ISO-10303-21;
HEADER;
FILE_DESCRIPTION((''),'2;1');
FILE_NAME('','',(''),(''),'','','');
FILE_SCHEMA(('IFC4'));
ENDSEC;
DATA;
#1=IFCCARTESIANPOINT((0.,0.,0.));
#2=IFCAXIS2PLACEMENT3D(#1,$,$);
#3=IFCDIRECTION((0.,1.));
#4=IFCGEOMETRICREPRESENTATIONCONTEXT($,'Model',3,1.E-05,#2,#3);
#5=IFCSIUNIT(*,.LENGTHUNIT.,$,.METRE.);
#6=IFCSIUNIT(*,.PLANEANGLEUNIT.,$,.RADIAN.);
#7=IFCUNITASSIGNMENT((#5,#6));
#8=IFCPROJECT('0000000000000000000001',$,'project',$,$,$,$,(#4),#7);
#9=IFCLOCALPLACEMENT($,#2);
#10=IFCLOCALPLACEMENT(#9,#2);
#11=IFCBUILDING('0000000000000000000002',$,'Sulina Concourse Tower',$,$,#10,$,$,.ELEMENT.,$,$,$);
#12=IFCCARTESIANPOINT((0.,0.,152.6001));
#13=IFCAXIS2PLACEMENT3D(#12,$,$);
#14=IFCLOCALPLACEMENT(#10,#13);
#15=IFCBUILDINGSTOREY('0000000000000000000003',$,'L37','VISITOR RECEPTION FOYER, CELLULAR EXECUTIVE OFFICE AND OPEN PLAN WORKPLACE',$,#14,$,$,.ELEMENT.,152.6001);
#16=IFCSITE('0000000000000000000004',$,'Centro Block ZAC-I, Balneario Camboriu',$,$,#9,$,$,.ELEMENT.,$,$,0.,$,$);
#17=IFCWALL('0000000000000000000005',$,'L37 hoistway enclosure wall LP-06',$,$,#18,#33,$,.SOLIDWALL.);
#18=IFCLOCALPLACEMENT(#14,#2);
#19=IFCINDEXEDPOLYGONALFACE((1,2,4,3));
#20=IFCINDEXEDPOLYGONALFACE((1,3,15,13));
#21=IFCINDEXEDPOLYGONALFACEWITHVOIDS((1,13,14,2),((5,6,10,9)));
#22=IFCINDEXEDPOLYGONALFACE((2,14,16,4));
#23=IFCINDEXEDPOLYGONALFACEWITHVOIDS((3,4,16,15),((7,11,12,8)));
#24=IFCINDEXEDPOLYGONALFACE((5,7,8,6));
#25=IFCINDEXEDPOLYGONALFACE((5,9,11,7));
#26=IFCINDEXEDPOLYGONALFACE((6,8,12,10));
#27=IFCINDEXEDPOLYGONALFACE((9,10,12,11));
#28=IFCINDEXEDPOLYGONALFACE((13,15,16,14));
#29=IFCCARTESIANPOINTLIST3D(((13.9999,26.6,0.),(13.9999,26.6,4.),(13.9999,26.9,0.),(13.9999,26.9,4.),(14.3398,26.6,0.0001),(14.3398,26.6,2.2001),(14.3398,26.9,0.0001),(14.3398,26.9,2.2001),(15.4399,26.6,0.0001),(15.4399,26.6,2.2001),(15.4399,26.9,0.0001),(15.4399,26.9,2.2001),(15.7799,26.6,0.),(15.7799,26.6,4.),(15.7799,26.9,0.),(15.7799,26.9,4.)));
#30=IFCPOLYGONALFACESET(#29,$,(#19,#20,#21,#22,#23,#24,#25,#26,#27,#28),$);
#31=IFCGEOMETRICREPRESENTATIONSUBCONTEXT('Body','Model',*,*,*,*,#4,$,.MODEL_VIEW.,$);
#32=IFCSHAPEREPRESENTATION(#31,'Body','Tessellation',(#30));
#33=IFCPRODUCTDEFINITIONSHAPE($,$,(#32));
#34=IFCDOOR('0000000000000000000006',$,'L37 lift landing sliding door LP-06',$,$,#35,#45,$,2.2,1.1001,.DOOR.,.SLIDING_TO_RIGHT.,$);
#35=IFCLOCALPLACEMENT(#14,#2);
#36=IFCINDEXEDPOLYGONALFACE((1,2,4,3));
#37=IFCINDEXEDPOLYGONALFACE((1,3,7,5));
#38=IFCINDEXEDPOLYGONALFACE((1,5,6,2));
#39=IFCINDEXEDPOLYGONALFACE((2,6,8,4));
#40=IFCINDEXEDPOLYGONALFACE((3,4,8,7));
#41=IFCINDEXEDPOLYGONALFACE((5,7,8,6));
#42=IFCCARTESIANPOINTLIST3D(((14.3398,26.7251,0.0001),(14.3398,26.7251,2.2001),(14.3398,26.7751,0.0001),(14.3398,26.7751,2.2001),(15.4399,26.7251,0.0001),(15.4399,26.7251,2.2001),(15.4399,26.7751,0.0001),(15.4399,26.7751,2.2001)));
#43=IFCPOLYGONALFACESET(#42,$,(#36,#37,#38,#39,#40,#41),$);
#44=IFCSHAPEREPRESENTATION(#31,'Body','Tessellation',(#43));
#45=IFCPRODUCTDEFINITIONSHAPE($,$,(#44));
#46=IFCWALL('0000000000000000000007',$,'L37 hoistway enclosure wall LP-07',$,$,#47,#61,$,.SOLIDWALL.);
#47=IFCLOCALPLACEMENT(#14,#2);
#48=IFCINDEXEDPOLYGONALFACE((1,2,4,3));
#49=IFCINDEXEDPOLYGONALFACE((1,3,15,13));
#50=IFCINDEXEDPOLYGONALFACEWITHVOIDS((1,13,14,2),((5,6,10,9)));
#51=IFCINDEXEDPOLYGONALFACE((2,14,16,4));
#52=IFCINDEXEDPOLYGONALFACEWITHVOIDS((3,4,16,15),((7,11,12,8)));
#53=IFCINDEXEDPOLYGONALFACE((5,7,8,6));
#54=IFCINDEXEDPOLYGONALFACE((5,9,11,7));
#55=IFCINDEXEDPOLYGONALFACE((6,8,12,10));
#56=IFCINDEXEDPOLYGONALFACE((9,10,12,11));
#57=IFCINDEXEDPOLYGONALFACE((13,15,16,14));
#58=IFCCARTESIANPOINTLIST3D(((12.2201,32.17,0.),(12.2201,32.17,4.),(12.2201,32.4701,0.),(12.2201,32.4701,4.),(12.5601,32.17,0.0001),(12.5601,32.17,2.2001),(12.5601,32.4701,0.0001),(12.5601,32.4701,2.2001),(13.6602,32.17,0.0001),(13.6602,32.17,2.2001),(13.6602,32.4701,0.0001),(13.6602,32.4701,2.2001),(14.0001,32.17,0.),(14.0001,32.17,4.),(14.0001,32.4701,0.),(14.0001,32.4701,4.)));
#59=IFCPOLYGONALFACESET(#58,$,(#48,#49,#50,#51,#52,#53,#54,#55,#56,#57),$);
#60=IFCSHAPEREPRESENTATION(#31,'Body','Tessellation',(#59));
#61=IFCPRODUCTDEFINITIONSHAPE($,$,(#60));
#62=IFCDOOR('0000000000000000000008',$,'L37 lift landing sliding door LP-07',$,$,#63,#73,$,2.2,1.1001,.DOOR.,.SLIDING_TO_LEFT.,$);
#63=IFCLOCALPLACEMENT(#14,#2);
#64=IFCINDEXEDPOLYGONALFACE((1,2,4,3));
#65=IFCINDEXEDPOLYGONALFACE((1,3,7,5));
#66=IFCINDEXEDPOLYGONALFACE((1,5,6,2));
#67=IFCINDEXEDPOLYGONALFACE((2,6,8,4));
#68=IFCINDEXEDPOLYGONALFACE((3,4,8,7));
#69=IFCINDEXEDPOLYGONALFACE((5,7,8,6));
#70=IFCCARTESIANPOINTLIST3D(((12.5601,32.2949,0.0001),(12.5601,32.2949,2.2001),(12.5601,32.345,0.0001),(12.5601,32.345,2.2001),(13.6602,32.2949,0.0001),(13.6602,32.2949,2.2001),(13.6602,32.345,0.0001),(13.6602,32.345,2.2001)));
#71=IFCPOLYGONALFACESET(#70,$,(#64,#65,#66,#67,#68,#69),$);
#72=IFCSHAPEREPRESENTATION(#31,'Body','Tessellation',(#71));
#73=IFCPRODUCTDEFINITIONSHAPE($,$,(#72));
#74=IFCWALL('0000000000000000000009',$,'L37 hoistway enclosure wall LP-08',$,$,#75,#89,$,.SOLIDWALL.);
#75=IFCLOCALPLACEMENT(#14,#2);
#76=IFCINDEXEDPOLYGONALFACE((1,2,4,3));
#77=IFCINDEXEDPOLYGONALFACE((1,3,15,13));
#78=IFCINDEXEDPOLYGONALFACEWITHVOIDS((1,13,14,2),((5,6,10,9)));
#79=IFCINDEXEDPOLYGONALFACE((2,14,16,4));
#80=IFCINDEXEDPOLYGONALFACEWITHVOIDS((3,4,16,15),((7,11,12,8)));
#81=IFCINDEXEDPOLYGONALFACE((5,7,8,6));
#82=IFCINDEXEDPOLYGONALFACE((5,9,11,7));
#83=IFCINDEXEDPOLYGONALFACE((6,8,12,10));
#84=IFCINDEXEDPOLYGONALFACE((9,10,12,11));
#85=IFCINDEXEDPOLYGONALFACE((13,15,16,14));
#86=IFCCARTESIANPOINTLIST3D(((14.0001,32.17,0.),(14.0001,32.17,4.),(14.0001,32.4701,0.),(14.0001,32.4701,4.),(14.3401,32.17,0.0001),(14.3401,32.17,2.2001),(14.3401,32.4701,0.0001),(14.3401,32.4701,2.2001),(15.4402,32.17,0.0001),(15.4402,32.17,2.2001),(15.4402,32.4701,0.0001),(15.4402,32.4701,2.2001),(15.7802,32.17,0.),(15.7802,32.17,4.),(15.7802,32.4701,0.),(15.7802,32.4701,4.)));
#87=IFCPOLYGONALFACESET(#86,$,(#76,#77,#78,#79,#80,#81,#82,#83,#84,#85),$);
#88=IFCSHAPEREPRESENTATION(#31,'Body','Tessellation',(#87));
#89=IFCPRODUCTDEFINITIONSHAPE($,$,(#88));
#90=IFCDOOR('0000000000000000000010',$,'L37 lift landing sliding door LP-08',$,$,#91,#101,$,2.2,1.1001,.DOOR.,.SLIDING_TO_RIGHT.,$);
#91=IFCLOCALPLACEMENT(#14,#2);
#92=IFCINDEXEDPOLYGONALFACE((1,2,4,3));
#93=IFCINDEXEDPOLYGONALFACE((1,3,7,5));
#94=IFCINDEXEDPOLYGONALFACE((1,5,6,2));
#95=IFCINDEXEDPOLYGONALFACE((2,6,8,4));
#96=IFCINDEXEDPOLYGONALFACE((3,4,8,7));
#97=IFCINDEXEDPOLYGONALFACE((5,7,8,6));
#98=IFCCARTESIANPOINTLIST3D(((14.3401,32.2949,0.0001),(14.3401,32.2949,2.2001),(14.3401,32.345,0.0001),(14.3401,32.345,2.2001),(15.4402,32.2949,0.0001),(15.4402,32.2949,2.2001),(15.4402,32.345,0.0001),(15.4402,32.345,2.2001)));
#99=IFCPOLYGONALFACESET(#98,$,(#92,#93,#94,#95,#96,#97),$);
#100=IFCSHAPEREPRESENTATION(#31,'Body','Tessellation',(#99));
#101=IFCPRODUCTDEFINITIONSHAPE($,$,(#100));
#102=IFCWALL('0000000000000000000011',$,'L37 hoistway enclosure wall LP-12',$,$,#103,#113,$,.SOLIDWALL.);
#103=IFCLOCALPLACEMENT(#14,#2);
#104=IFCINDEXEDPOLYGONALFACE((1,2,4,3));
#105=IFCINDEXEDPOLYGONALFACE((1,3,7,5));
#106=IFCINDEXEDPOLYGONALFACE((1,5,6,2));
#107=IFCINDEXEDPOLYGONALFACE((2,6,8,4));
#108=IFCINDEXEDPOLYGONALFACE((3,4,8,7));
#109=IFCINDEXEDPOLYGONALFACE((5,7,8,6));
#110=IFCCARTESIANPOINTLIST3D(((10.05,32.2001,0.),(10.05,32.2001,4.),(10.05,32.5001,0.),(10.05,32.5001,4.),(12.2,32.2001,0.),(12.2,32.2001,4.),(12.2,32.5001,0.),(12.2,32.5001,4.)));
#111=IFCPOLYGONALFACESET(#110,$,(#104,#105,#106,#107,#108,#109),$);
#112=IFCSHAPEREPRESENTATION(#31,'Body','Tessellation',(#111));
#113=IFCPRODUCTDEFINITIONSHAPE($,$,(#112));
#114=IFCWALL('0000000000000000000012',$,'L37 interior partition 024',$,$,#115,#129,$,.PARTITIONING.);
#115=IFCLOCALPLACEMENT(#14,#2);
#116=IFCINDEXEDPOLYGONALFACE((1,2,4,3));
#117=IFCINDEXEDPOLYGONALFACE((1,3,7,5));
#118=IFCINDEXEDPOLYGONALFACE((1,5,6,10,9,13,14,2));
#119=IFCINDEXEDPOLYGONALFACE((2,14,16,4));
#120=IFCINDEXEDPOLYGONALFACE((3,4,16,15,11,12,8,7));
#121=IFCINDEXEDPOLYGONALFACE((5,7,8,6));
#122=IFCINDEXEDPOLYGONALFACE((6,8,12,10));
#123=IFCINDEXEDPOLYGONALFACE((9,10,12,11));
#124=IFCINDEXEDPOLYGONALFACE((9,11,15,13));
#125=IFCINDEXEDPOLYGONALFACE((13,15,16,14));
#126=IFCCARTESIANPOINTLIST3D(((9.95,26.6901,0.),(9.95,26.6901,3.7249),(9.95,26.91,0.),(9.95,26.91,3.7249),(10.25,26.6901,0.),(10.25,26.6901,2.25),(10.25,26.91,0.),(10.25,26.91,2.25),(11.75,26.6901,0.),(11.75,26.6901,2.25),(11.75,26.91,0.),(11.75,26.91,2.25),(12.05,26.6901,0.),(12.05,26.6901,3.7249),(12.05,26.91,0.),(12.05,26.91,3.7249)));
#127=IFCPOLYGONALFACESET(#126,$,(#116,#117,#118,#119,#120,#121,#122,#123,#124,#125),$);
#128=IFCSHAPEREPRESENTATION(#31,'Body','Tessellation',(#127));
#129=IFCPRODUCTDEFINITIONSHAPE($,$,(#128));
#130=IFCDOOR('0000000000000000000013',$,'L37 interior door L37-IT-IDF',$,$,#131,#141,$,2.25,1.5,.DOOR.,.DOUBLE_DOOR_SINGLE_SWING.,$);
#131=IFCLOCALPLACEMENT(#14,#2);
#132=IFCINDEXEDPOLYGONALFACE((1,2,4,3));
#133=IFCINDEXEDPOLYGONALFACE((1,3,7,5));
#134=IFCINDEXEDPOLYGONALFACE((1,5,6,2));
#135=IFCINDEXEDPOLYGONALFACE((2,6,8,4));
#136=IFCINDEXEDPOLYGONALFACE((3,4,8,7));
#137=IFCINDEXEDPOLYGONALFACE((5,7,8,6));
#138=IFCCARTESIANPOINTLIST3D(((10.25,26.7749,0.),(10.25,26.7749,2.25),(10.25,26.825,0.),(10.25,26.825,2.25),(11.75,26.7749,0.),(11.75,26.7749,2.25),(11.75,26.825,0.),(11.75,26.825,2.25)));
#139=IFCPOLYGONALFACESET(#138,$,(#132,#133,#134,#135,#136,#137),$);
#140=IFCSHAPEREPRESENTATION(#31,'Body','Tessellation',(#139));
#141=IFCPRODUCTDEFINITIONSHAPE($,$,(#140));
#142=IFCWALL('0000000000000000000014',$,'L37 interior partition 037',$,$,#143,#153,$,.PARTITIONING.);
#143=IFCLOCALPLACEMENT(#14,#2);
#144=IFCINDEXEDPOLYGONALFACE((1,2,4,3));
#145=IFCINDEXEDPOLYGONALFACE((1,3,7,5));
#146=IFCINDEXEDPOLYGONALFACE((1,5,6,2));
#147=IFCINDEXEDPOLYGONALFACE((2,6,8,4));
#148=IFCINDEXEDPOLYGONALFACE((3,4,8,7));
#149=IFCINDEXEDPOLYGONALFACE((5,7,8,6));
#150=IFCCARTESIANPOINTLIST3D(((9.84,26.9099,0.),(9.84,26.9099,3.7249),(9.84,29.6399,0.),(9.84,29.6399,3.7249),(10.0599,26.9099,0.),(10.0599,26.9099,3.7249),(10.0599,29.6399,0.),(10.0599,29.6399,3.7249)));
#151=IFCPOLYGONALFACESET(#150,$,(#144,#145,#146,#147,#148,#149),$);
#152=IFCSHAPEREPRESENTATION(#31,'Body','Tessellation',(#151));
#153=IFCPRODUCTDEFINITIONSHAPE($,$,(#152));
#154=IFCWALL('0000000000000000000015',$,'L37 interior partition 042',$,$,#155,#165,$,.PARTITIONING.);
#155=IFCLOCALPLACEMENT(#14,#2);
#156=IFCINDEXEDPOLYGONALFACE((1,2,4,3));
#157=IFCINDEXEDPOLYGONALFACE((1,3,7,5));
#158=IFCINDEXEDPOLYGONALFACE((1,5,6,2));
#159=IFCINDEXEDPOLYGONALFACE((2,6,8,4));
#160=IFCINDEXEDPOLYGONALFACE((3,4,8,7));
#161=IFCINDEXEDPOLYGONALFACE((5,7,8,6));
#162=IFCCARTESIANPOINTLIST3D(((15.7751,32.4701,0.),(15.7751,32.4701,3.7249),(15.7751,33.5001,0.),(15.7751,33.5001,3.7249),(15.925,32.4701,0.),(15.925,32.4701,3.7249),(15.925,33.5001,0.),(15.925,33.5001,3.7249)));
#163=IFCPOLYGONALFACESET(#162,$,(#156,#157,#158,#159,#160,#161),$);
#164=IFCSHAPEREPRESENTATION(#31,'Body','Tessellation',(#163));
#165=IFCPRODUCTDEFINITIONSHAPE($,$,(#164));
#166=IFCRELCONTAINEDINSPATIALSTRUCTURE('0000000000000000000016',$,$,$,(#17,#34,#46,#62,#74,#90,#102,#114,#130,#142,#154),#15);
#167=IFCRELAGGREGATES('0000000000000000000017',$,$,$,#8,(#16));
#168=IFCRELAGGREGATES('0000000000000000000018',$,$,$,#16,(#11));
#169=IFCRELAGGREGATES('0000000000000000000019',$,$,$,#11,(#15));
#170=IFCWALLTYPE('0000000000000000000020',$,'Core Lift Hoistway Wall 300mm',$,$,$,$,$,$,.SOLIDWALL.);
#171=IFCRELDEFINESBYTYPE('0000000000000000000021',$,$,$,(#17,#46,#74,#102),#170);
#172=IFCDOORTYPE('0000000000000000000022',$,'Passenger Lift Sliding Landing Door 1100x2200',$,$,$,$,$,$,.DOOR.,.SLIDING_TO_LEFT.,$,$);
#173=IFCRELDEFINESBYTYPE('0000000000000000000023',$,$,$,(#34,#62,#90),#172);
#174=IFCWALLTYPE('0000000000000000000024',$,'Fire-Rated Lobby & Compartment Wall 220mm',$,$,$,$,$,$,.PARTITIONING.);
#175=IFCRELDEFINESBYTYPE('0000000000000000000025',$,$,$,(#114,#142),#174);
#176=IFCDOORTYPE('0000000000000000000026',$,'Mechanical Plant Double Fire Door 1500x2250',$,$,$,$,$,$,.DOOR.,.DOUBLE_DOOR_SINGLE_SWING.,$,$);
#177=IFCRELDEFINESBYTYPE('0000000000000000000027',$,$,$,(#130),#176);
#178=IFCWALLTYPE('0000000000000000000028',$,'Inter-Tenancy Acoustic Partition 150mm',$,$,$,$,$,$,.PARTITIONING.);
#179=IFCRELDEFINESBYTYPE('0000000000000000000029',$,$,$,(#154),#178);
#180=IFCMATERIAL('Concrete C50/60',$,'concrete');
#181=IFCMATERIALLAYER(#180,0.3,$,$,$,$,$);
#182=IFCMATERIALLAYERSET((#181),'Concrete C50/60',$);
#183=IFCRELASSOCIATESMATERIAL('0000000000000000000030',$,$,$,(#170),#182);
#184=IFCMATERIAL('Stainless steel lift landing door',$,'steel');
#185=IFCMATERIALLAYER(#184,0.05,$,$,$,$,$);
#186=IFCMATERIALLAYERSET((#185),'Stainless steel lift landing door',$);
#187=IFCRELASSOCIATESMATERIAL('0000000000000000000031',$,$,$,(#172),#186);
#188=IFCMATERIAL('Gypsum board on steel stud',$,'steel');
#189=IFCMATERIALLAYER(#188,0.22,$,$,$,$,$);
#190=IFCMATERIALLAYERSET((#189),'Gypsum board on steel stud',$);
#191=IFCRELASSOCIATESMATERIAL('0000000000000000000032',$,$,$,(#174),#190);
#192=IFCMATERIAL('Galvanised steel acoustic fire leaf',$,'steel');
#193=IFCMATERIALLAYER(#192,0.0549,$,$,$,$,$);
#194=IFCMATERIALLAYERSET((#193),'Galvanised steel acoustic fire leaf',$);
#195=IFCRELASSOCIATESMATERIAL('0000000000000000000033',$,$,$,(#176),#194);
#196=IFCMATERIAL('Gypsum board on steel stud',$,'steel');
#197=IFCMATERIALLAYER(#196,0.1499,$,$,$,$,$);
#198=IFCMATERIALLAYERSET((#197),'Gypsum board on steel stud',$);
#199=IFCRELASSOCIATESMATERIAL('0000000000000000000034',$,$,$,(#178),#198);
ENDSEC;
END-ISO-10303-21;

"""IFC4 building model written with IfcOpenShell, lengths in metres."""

from ifc_helpers import new_model, si_unit, direction, frame, frame_2d, origin, place, context, subcontext, project, spatial, rectangle, extrude, material, layer, layer_set, type_object, element, fill, save


model = new_model("IFC4")

# Units and contexts
model_context = context("Model", 3, precision=1e-05, world=origin(), true_north=direction((0.0, 1.0)))
body_context = subcontext(model_context, "Body", "Model", "MODEL_VIEW")
ifc_project = project(units=[si_unit("LENGTHUNIT", "METRE"), si_unit("PLANEANGLEUNIT", "RADIAN")], contexts=[model_context])

# Site, building, storey
site_placement = place(None, origin())
site = spatial("IfcSite", under=ifc_project, at=site_placement, Name="Centro Block ZAC-I, Balneario Camboriu", CompositionType="ELEMENT", RefElevation=0.0)
building_placement = place(site_placement, origin())
building = spatial("IfcBuilding", under=site, at=building_placement, Name="Sulina Concourse Tower", CompositionType="ELEMENT")
storey_placement = place(building_placement, frame((0.0, 0.0, 152.6001)))
storey = spatial("IfcBuildingStorey", under=building, at=storey_placement, Name="L37", Description="VISITOR RECEPTION FOYER, CELLULAR EXECUTIVE OFFICE AND OPEN PLAN WORKPLACE", CompositionType="ELEMENT", Elevation=152.6001)

# Walls, openings, doors
ifc_material_1 = material(Name="Concrete C50/60", Category="concrete")
ifc_layer_1 = layer(ifc_material_1, 0.3)
ifc_layer_set_1 = layer_set([ifc_layer_1], Name="Concrete C50/60")
wall_type_1 = type_object("IfcWallType", Name="Core Lift Hoistway Wall 300mm", PredefinedType="SOLIDWALL", material=ifc_layer_set_1)
ifc_material_2 = material(Name="Stainless steel lift landing door", Category="steel")
ifc_layer_2 = layer(ifc_material_2, 0.05)
ifc_layer_set_2 = layer_set([ifc_layer_2], Name="Stainless steel lift landing door")
door_type_1 = type_object("IfcDoorType", Name="Passenger Lift Sliding Landing Door 1100x2200", OperationType="SLIDING_TO_LEFT", PredefinedType="DOOR", material=ifc_layer_set_2)
wall_1_placement = place(storey_placement, frame((15.78, 26.75, 0.0), z_axis=(0.0, 0.0, 1.0), x_axis=(-1.0, 0.0, 0.0)))
wall_1 = element("IfcWall", 1, at=wall_1_placement, inside=storey, type_object=wall_type_1, Name="L37 hoistway enclosure wall LP-06", PredefinedType="SOLIDWALL", context=body_context, shape_type="SweptSolid", body=[
    extrude(rectangle(XDim=1.78, YDim=0.3, at=frame_2d((0.8901, 0.0))), origin(), (0.0, 0.0, 1.0), 4.0),
])
opening_1_placement = place(wall_1_placement, frame((0.3401, 0.0, 0.0)))
opening_1 = element("IfcOpeningElement", 2, at=opening_1_placement, cuts=wall_1, PredefinedType="OPENING", context=body_context, shape_type="SweptSolid", body=[
    extrude(rectangle(XDim=1.1001, YDim=2.2, at=frame_2d((0.55, 1.1001))), frame((0.0, 0.1599, 0.0), z_axis=(0.0, -1.0, 0.0), x_axis=(1.0, 0.0, 0.0)), (0.0, 0.0, 1.0), 0.3201),
])
door_1_placement = place(opening_1_placement, origin())
door_1 = element("IfcDoor", 3, at=door_1_placement, inside=storey, type_object=door_type_1, Name="L37 lift landing sliding door LP-06", OperationType="SLIDING_TO_RIGHT", OverallHeight=2.2, OverallWidth=1.1001, PredefinedType="DOOR", context=body_context, shape_type="SweptSolid", body=[
    extrude(rectangle(XDim=1.1001, YDim=2.2, at=frame_2d((0.55, 1.1001))), frame((0.0, 0.0249, 0.0), z_axis=(0.0, -1.0, 0.0), x_axis=(1.0, 0.0, 0.0)), (0.0, 0.0, 1.0), 0.05),
])
fill(opening_1, door_1)
wall_2_placement = place(storey_placement, frame((12.22, 32.3201, 0.0), z_axis=(0.0, 0.0, 1.0), x_axis=(1.0, 0.0, 0.0)))
wall_2 = element("IfcWall", 4, at=wall_2_placement, inside=storey, type_object=wall_type_1, Name="L37 hoistway enclosure wall LP-07", PredefinedType="SOLIDWALL", context=body_context, shape_type="SweptSolid", body=[
    extrude(rectangle(XDim=1.78, YDim=0.3, at=frame_2d((0.8901, 0.0))), origin(), (0.0, 0.0, 1.0), 4.0),
])
opening_2_placement = place(wall_2_placement, frame((0.3401, 0.0, 0.0)))
opening_2 = element("IfcOpeningElement", 5, at=opening_2_placement, cuts=wall_2, PredefinedType="OPENING", context=body_context, shape_type="SweptSolid", body=[
    extrude(rectangle(XDim=1.1001, YDim=2.2, at=frame_2d((0.55, 1.1001))), frame((0.0, 0.1599, 0.0), z_axis=(0.0, -1.0, 0.0), x_axis=(1.0, 0.0, 0.0)), (0.0, 0.0, 1.0), 0.3201),
])
door_2_placement = place(opening_2_placement, origin())
door_2 = element("IfcDoor", 6, at=door_2_placement, inside=storey, type_object=door_type_1, Name="L37 lift landing sliding door LP-07", OperationType="SLIDING_TO_LEFT", OverallHeight=2.2, OverallWidth=1.1001, PredefinedType="DOOR", context=body_context, shape_type="SweptSolid", body=[
    extrude(rectangle(XDim=1.1001, YDim=2.2, at=frame_2d((0.55, 1.1001))), frame((0.0, 0.0249, 0.0), z_axis=(0.0, -1.0, 0.0), x_axis=(1.0, 0.0, 0.0)), (0.0, 0.0, 1.0), 0.05),
])
fill(opening_2, door_2)
wall_3_placement = place(storey_placement, frame((14.0, 32.3201, 0.0), z_axis=(0.0, 0.0, 1.0), x_axis=(1.0, 0.0, 0.0)))
wall_3 = element("IfcWall", 7, at=wall_3_placement, inside=storey, type_object=wall_type_1, Name="L37 hoistway enclosure wall LP-08", PredefinedType="SOLIDWALL", context=body_context, shape_type="SweptSolid", body=[
    extrude(rectangle(XDim=1.78, YDim=0.3, at=frame_2d((0.8901, 0.0))), origin(), (0.0, 0.0, 1.0), 4.0),
])
opening_3_placement = place(wall_3_placement, frame((0.3401, 0.0, 0.0)))
opening_3 = element("IfcOpeningElement", 8, at=opening_3_placement, cuts=wall_3, PredefinedType="OPENING", context=body_context, shape_type="SweptSolid", body=[
    extrude(rectangle(XDim=1.1001, YDim=2.2, at=frame_2d((0.55, 1.1001))), frame((0.0, 0.1599, 0.0), z_axis=(0.0, -1.0, 0.0), x_axis=(1.0, 0.0, 0.0)), (0.0, 0.0, 1.0), 0.3201),
])
door_3_placement = place(opening_3_placement, origin())
door_3 = element("IfcDoor", 9, at=door_3_placement, inside=storey, type_object=door_type_1, Name="L37 lift landing sliding door LP-08", OperationType="SLIDING_TO_RIGHT", OverallHeight=2.2, OverallWidth=1.1001, PredefinedType="DOOR", context=body_context, shape_type="SweptSolid", body=[
    extrude(rectangle(XDim=1.1001, YDim=2.2, at=frame_2d((0.55, 1.1001))), frame((0.0, 0.0249, 0.0), z_axis=(0.0, -1.0, 0.0), x_axis=(1.0, 0.0, 0.0)), (0.0, 0.0, 1.0), 0.05),
])
fill(opening_3, door_3)

# Wall
wall_4_placement = place(storey_placement, frame((10.05, 32.3501, 0.0), z_axis=(0.0, 0.0, 1.0), x_axis=(1.0, 0.0, 0.0)))
element("IfcWall", 10, at=wall_4_placement, inside=storey, type_object=wall_type_1, Name="L37 hoistway enclosure wall LP-12", PredefinedType="SOLIDWALL", context=body_context, shape_type="SweptSolid", body=[
    extrude(rectangle(XDim=2.1499, YDim=0.3, at=frame_2d((1.075, 0.0))), origin(), (0.0, 0.0, 1.0), 4.0),
])

# Wall, opening, door
ifc_material_3 = material(Name="Gypsum board on steel stud", Category="steel")
ifc_layer_3 = layer(ifc_material_3, 0.22)
ifc_layer_set_3 = layer_set([ifc_layer_3], Name="Gypsum board on steel stud")
wall_type_2 = type_object("IfcWallType", Name="Fire-Rated Lobby & Compartment Wall 220mm", PredefinedType="PARTITIONING", material=ifc_layer_set_3)
wall_5_placement = place(storey_placement, frame((9.95, 26.8, 0.0), z_axis=(0.0, 0.0, 1.0), x_axis=(1.0, 0.0, 0.0)))
wall_5 = element("IfcWall", 11, at=wall_5_placement, inside=storey, type_object=wall_type_2, Name="L37 interior partition 024", PredefinedType="PARTITIONING", context=body_context, shape_type="SweptSolid", body=[
    extrude(rectangle(XDim=2.1001, YDim=0.22, at=frame_2d((1.05, 0.0))), origin(), (0.0, 0.0, 1.0), 3.7249),
])
opening_4_placement = place(wall_5_placement, frame((0.3, 0.0, 0.0)))
opening_4 = element("IfcOpeningElement", 12, at=opening_4_placement, cuts=wall_5, PredefinedType="OPENING", context=body_context, shape_type="SweptSolid", body=[
    extrude(rectangle(XDim=1.5, YDim=2.25, at=frame_2d((0.75, 1.125))), frame((0.0, 0.1199, 0.0), z_axis=(0.0, -1.0, 0.0), x_axis=(1.0, 0.0, 0.0)), (0.0, 0.0, 1.0), 0.24),
])
ifc_material_4 = material(Name="Galvanised steel acoustic fire leaf", Category="steel")
ifc_layer_4 = layer(ifc_material_4, 0.0549)
ifc_layer_set_4 = layer_set([ifc_layer_4], Name="Galvanised steel acoustic fire leaf")
door_type_2 = type_object("IfcDoorType", Name="Mechanical Plant Double Fire Door 1500x2250", OperationType="DOUBLE_DOOR_SINGLE_SWING", PredefinedType="DOOR", material=ifc_layer_set_4)
door_4_placement = place(opening_4_placement, origin())
door_4 = element("IfcDoor", 13, at=door_4_placement, inside=storey, type_object=door_type_2, Name="L37 interior door L37-IT-IDF", OperationType="DOUBLE_DOOR_SINGLE_SWING", OverallHeight=2.25, OverallWidth=1.5, PredefinedType="DOOR", context=body_context, shape_type="SweptSolid", body=[
    extrude(rectangle(XDim=1.5, YDim=2.25, at=frame_2d((0.75, 1.125))), frame((0.0, 0.0249, 0.0), z_axis=(0.0, -1.0, 0.0), x_axis=(1.0, 0.0, 0.0)), (0.0, 0.0, 1.0), 0.05),
])
fill(opening_4, door_4)

# Walls
wall_6_placement = place(storey_placement, frame((9.95, 26.9099, 0.0), z_axis=(0.0, 0.0, 1.0), x_axis=(0.0, 1.0, 0.0)))
element("IfcWall", 14, at=wall_6_placement, inside=storey, type_object=wall_type_2, Name="L37 interior partition 037", PredefinedType="PARTITIONING", context=body_context, shape_type="SweptSolid", body=[
    extrude(rectangle(XDim=2.73, YDim=0.22, at=frame_2d((1.365, 0.0))), origin(), (0.0, 0.0, 1.0), 3.7249),
])
ifc_material_5 = material(Name="Gypsum board on steel stud", Category="steel")
ifc_layer_5 = layer(ifc_material_5, 0.1499)
ifc_layer_set_5 = layer_set([ifc_layer_5], Name="Gypsum board on steel stud")
wall_type_3 = type_object("IfcWallType", Name="Inter-Tenancy Acoustic Partition 150mm", PredefinedType="PARTITIONING", material=ifc_layer_set_5)
wall_7_placement = place(storey_placement, frame((15.8501, 32.47, 0.0), z_axis=(0.0, 0.0, 1.0), x_axis=(0.0, 1.0, 0.0)))
element("IfcWall", 15, at=wall_7_placement, inside=storey, type_object=wall_type_3, Name="L37 interior partition 042", PredefinedType="PARTITIONING", context=body_context, shape_type="SweptSolid", body=[
    extrude(rectangle(XDim=1.03, YDim=0.1499, at=frame_2d((0.5151, 0.0))), origin(), (0.0, 0.0, 1.0), 3.7249),
])

save(model, "model.ifc")
